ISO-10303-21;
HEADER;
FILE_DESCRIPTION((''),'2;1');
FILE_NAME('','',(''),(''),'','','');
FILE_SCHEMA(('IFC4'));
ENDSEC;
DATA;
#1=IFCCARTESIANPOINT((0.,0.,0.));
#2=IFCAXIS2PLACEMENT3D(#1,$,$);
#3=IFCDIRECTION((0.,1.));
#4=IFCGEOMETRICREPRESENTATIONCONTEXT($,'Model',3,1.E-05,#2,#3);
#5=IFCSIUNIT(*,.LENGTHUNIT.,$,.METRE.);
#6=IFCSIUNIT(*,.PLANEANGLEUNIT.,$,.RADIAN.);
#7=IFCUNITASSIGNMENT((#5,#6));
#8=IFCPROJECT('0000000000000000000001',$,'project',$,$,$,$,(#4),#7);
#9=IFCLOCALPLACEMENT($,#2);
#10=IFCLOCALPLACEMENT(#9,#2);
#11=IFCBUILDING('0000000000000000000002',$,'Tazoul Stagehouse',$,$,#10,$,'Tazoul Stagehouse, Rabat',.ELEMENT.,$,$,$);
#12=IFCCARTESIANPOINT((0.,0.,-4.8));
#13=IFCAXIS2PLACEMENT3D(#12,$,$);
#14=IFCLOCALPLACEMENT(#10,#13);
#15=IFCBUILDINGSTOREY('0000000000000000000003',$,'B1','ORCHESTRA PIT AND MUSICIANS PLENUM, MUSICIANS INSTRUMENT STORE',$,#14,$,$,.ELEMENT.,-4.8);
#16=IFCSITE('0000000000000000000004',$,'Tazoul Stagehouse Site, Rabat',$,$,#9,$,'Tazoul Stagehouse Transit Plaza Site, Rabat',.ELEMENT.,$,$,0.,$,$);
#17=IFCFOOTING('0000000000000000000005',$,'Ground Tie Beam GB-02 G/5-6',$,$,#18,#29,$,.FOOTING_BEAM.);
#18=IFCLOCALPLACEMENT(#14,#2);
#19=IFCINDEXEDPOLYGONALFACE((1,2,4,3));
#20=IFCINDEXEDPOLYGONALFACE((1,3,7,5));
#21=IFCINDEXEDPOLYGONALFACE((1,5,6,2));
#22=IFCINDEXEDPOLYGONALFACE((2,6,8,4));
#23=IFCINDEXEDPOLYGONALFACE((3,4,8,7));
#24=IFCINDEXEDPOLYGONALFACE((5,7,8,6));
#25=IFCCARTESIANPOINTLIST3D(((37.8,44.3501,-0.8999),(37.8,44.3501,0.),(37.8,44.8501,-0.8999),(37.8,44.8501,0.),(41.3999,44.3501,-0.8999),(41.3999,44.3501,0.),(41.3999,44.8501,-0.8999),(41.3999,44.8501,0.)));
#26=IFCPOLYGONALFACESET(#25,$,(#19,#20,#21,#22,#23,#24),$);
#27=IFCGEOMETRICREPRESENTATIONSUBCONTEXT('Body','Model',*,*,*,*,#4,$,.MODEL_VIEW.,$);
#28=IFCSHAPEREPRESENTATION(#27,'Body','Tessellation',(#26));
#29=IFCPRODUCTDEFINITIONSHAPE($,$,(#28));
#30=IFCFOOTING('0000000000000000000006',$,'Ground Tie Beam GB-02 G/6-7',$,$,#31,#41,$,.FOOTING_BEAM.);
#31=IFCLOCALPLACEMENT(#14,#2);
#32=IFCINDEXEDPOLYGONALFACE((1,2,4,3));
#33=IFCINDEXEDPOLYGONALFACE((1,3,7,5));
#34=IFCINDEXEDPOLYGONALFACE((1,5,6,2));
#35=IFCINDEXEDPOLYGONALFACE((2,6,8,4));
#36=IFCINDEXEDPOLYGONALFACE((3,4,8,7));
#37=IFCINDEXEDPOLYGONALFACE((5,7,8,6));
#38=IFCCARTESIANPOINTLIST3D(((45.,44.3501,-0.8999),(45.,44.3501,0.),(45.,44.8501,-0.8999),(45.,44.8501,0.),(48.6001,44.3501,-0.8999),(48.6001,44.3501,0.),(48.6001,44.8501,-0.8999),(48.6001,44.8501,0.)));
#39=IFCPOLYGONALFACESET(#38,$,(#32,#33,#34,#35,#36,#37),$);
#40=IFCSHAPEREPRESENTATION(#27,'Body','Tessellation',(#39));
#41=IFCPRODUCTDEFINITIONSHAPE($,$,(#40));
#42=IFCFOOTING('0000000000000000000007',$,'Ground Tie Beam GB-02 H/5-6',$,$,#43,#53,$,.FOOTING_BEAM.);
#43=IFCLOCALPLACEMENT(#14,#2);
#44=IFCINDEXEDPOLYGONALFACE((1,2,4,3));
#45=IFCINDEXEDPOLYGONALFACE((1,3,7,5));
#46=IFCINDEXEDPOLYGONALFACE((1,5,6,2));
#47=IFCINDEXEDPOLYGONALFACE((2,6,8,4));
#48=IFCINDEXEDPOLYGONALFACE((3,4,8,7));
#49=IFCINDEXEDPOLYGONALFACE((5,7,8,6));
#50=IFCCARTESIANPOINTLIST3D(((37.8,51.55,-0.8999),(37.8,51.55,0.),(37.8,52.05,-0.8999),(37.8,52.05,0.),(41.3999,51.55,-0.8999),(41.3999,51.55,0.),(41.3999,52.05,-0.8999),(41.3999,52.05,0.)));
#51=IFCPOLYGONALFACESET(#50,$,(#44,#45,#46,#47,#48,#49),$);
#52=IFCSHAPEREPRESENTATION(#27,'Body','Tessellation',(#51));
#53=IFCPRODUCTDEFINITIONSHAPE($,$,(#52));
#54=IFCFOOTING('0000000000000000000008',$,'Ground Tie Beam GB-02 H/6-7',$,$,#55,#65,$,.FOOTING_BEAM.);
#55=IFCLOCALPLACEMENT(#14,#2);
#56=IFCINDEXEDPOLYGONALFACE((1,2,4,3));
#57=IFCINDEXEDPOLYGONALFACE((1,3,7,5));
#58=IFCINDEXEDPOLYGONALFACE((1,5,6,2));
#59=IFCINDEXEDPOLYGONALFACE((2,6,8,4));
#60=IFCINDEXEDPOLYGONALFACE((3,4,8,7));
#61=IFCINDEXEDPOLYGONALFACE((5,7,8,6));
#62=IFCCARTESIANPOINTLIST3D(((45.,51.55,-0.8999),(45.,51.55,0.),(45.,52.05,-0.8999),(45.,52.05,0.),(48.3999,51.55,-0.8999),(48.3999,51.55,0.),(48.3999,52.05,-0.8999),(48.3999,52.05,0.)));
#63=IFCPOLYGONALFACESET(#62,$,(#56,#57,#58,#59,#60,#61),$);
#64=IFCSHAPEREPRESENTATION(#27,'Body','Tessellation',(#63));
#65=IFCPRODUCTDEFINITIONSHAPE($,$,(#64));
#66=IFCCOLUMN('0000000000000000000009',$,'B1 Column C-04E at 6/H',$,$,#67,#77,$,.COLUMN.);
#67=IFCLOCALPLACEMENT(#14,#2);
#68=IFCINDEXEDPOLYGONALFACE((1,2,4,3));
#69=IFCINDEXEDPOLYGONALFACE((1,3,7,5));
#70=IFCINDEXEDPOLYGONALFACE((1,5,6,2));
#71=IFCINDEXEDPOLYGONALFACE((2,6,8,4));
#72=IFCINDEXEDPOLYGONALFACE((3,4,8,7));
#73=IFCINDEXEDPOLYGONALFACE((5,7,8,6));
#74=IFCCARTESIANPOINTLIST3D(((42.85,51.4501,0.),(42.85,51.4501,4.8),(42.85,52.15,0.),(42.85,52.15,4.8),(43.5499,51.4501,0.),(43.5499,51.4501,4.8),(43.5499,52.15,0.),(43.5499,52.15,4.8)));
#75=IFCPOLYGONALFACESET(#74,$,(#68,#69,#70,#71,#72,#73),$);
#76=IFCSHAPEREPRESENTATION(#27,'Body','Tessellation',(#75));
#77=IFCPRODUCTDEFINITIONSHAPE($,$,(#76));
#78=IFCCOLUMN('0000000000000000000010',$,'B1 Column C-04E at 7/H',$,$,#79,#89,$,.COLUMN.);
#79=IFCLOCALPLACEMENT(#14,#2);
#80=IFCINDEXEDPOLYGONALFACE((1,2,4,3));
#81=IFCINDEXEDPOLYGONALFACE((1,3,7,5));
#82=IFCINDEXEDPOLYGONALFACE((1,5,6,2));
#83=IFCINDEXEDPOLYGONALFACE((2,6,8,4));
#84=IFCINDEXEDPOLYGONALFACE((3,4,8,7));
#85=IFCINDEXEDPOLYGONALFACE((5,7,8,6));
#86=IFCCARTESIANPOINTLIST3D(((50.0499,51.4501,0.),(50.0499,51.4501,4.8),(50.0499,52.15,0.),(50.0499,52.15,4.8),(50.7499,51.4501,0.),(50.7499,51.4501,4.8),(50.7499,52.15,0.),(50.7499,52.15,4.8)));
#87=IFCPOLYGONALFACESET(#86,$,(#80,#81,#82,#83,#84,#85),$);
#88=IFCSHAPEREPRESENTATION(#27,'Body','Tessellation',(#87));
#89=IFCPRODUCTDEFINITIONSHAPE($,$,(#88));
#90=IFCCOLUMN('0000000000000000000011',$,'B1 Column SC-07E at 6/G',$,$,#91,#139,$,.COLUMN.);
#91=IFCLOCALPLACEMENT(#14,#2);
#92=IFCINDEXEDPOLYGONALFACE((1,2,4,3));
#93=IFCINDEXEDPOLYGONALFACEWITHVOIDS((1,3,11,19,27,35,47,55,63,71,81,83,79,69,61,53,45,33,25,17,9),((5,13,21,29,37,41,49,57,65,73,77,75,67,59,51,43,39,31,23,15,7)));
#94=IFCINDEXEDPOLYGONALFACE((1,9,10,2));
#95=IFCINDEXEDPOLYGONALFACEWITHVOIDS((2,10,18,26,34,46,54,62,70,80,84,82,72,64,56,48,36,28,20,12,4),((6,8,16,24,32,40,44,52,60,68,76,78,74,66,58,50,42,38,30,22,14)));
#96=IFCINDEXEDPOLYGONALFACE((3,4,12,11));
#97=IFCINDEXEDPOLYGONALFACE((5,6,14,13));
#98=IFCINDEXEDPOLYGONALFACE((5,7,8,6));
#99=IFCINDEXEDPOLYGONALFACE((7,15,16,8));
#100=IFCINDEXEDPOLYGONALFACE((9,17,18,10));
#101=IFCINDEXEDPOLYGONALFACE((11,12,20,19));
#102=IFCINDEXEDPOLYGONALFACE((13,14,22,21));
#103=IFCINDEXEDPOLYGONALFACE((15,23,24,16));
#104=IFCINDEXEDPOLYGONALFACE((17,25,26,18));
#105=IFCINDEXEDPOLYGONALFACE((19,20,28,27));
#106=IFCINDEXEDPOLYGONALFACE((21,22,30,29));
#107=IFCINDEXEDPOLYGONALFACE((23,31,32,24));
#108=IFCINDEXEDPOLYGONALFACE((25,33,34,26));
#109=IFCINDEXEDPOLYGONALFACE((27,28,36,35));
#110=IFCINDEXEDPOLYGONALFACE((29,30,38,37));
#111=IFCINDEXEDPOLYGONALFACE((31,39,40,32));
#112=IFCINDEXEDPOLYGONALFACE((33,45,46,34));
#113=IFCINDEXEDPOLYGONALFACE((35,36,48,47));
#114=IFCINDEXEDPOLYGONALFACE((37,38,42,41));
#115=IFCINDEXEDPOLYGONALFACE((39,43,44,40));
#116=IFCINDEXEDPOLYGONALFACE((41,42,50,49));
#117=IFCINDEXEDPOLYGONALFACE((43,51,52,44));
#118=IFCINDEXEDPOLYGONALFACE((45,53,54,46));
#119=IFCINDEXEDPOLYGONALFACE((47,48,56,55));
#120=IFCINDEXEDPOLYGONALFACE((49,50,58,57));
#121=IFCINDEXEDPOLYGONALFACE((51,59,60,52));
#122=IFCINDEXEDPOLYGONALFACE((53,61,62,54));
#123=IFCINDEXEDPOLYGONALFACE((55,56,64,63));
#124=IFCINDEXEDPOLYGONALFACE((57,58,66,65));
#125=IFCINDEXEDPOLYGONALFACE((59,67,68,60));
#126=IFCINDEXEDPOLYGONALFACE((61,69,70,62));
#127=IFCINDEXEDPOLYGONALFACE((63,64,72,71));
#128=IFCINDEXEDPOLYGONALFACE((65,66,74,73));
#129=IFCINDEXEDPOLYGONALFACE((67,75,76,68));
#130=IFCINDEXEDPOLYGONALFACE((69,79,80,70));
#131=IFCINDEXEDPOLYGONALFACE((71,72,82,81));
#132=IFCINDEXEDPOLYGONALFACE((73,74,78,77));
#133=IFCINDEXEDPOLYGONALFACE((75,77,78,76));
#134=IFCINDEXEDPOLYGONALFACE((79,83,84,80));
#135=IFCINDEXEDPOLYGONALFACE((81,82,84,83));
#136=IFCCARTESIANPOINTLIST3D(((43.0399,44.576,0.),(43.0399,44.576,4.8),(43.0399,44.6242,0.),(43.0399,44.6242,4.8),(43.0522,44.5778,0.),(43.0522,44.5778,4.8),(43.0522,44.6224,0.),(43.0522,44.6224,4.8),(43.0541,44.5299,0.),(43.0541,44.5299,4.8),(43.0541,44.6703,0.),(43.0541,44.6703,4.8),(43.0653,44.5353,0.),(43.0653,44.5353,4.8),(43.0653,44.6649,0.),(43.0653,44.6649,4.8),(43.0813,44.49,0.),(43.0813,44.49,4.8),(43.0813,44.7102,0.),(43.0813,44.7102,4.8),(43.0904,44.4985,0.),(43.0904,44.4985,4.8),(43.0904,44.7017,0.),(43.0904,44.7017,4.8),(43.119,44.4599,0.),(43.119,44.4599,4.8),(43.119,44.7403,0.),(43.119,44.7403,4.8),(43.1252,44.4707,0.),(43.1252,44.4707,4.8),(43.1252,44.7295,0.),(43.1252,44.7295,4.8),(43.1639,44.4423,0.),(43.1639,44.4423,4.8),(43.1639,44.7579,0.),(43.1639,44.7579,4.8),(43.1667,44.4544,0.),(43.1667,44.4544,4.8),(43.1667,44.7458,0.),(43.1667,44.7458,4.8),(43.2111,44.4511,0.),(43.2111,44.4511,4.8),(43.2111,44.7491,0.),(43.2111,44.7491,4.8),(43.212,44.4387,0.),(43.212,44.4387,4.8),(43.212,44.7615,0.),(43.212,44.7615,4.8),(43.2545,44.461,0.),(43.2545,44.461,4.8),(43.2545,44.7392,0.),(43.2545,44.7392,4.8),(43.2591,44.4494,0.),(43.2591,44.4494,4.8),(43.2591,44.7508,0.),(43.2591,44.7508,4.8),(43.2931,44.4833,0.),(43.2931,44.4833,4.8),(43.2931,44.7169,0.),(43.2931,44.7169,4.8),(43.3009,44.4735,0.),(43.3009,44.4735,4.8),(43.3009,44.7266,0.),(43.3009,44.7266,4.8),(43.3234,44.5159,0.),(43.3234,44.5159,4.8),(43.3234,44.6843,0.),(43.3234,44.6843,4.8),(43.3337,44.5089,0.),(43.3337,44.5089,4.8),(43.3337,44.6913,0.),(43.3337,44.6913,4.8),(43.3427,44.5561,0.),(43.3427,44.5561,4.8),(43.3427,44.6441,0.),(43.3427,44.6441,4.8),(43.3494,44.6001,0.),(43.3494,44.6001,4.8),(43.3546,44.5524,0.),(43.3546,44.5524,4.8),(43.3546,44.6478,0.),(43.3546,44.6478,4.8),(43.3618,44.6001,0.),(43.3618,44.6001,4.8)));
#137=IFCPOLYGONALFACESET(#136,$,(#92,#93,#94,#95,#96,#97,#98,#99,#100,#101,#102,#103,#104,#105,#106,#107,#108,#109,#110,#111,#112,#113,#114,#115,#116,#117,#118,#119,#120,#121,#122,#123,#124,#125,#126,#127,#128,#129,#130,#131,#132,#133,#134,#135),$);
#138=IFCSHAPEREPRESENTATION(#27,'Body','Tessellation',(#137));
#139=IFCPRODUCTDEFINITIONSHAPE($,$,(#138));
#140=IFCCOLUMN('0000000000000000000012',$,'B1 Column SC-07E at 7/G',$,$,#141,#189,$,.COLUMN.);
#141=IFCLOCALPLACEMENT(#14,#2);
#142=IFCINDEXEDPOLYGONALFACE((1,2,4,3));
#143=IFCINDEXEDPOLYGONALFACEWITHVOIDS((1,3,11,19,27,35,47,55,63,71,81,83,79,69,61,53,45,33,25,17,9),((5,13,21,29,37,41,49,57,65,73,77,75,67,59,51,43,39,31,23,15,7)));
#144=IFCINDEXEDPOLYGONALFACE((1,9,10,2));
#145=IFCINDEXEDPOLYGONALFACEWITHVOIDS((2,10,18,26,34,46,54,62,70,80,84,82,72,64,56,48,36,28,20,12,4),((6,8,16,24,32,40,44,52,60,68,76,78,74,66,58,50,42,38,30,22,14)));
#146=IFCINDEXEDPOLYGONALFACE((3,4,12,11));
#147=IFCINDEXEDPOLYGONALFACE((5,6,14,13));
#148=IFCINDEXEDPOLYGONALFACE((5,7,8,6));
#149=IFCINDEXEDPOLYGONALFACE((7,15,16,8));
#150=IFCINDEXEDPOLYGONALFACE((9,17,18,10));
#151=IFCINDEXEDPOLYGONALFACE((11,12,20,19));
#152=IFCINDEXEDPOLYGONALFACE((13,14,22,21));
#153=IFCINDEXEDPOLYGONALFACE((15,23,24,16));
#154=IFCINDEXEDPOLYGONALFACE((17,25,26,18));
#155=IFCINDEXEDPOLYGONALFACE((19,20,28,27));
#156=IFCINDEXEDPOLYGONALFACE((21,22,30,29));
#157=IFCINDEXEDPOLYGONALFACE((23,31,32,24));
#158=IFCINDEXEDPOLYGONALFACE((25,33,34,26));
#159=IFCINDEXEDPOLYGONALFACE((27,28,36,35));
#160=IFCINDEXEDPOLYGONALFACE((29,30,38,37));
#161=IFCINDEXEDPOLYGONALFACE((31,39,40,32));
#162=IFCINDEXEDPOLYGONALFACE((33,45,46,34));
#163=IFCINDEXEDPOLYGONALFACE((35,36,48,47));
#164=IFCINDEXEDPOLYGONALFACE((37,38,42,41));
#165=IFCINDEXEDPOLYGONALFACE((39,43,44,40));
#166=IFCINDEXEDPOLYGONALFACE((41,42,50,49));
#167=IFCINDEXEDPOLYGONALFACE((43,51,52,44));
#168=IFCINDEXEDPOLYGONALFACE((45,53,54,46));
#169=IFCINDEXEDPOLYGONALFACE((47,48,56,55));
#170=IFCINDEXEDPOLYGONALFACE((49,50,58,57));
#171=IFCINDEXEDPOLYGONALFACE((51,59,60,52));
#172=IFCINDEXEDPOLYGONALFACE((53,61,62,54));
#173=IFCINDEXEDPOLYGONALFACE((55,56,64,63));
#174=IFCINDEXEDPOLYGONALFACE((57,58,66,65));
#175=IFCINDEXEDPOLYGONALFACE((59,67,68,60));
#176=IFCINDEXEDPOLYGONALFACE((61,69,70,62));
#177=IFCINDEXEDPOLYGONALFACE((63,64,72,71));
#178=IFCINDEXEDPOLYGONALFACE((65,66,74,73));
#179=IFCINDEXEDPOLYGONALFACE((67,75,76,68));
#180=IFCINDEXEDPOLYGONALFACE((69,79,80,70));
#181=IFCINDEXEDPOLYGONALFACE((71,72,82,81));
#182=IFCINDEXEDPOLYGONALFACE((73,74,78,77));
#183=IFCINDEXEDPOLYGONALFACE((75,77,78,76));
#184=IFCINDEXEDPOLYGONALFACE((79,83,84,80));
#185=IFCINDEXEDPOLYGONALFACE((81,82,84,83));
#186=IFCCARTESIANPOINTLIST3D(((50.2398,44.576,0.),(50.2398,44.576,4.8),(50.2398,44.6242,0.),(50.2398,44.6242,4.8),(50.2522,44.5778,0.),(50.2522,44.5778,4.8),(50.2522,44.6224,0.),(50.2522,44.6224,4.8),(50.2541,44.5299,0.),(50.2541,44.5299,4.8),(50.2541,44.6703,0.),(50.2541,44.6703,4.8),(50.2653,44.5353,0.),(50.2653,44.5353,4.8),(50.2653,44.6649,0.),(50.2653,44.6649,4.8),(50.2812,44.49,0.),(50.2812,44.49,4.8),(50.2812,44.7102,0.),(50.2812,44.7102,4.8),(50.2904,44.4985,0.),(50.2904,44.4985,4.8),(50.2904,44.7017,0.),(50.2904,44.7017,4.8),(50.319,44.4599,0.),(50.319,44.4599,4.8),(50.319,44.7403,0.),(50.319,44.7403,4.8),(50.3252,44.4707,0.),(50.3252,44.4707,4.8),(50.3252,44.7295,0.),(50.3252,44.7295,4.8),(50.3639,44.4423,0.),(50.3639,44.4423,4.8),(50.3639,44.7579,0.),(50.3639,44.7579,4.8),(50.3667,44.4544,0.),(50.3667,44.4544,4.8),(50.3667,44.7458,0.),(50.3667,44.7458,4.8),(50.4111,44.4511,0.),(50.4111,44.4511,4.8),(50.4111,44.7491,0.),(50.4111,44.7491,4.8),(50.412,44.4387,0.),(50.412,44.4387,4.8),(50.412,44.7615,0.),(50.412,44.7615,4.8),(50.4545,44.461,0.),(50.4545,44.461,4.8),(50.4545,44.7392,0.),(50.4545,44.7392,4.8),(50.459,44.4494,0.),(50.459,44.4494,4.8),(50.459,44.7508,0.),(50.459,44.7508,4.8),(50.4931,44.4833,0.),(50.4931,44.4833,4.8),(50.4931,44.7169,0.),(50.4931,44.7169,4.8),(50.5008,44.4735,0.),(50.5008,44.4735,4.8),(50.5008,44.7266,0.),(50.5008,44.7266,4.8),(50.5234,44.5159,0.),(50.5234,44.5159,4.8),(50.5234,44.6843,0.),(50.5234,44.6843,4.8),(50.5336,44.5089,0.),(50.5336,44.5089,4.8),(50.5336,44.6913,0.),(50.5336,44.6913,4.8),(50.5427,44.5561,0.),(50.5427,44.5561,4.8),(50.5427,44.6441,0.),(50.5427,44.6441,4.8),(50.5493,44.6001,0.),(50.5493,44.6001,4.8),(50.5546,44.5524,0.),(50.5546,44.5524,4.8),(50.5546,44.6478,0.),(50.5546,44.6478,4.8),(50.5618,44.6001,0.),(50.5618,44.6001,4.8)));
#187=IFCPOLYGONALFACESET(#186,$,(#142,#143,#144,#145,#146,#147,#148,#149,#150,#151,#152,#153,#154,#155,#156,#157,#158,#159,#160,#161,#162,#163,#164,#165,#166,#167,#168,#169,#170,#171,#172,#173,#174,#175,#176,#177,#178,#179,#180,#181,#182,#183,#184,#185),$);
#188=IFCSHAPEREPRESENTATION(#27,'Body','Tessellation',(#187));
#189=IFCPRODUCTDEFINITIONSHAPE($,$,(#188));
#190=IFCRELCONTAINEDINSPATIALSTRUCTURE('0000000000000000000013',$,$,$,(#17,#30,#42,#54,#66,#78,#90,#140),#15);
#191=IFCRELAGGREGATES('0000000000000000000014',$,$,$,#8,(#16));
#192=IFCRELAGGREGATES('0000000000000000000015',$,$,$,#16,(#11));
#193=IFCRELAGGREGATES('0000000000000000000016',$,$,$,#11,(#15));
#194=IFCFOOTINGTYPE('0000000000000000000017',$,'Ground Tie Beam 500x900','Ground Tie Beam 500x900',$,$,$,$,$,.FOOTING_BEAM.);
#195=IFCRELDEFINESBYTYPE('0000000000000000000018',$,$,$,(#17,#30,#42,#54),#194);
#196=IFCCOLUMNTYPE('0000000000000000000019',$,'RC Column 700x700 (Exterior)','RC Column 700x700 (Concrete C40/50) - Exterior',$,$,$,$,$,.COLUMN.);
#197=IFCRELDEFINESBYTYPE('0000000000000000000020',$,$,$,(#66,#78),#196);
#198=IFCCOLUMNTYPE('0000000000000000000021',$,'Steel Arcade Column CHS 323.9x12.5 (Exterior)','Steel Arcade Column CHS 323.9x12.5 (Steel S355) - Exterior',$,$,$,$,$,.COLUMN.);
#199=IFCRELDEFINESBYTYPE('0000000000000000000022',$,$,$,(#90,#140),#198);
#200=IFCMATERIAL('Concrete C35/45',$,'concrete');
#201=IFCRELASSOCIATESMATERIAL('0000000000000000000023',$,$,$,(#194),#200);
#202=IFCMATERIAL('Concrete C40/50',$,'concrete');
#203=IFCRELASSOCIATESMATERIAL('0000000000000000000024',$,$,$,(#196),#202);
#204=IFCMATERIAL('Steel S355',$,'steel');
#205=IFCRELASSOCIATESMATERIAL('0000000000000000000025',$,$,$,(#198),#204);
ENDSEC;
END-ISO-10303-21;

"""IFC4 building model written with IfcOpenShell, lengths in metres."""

from ifc_helpers import new_model, si_unit, direction, frame, origin, origin_2d, place, context, subcontext, project, spatial, rectangle, hollow_circle, extrude, material, material_profile, profile_set, type_object, element, save


model = new_model("IFC4")

# Units and contexts
model_context = context("Model", 3, precision=1e-05, world=origin(), true_north=direction((0.0, 1.0)))
body_context = subcontext(model_context, "Body", "Model", "MODEL_VIEW")
ifc_project = project(units=[si_unit("LENGTHUNIT", "METRE"), si_unit("PLANEANGLEUNIT", "RADIAN")], contexts=[model_context])

# Site, building, storey
site_placement = place(None, origin())
site = spatial("IfcSite", under=ifc_project, at=site_placement, Name="Tazoul Stagehouse Site, Rabat", LongName="Tazoul Stagehouse Transit Plaza Site, Rabat", CompositionType="ELEMENT", RefElevation=0.0)
building_placement = place(site_placement, origin())
building = spatial("IfcBuilding", under=site, at=building_placement, Name="Tazoul Stagehouse", LongName="Tazoul Stagehouse, Rabat", CompositionType="ELEMENT")
storey_placement = place(building_placement, frame((0.0, 0.0, -4.8)))
storey = spatial("IfcBuildingStorey", under=building, at=storey_placement, Name="B1", Description="ORCHESTRA PIT AND MUSICIANS PLENUM, MUSICIANS INSTRUMENT STORE", CompositionType="ELEMENT", Elevation=-4.8)

# Shared definitions
ifc_material_1 = material(Name="Concrete C35/45", Category="concrete")

# Footings
ifc_material_profile_1 = material_profile(ifc_material_1, rectangle(XDim=0.5, YDim=0.8999, at=origin_2d()), Name="RC 500x900")
ifc_profile_set_1 = profile_set([ifc_material_profile_1], Name="Concrete C35/45")
footing_type_1 = type_object("IfcFootingType", Name="Ground Tie Beam 500x900", Description="Ground Tie Beam 500x900", PredefinedType="FOOTING_BEAM", material=ifc_profile_set_1)
footing_1_placement = place(storey_placement, frame((37.8, 44.6001, -0.45), z_axis=(1.0, 0.0, 0.0), x_axis=(0.0, 1.0, 0.0)))
element("IfcFooting", 1, at=footing_1_placement, inside=storey, type_object=footing_type_1, Name="Ground Tie Beam GB-02 G/5-6", PredefinedType="FOOTING_BEAM", context=body_context, shape_type="SweptSolid", body=[
    extrude(rectangle(XDim=0.5, YDim=0.8999, at=origin_2d()), origin(), (0.0, 0.0, 1.0), 3.5999),
])
footing_2_placement = place(storey_placement, frame((45.0, 44.6001, -0.45), z_axis=(1.0, 0.0, 0.0), x_axis=(0.0, 1.0, 0.0)))
element("IfcFooting", 2, at=footing_2_placement, inside=storey, type_object=footing_type_1, Name="Ground Tie Beam GB-02 G/6-7", PredefinedType="FOOTING_BEAM", context=body_context, shape_type="SweptSolid", body=[
    extrude(rectangle(XDim=0.5, YDim=0.8999, at=origin_2d()), origin(), (0.0, 0.0, 1.0), 3.6001),
])
footing_3_placement = place(storey_placement, frame((37.8, 51.8, -0.45), z_axis=(1.0, 0.0, 0.0), x_axis=(0.0, 1.0, 0.0)))
element("IfcFooting", 3, at=footing_3_placement, inside=storey, type_object=footing_type_1, Name="Ground Tie Beam GB-02 H/5-6", PredefinedType="FOOTING_BEAM", context=body_context, shape_type="SweptSolid", body=[
    extrude(rectangle(XDim=0.5, YDim=0.8999, at=origin_2d()), origin(), (0.0, 0.0, 1.0), 3.5999),
])
footing_4_placement = place(storey_placement, frame((45.0, 51.8, -0.45), z_axis=(1.0, 0.0, 0.0), x_axis=(0.0, 1.0, 0.0)))
element("IfcFooting", 4, at=footing_4_placement, inside=storey, type_object=footing_type_1, Name="Ground Tie Beam GB-02 H/6-7", PredefinedType="FOOTING_BEAM", context=body_context, shape_type="SweptSolid", body=[
    extrude(rectangle(XDim=0.5, YDim=0.8999, at=origin_2d()), origin(), (0.0, 0.0, 1.0), 3.3999),
])

# Columns
ifc_material_2 = material(Name="Concrete C40/50", Category="concrete")
ifc_material_profile_2 = material_profile(ifc_material_2, rectangle(XDim=0.7, YDim=0.7, at=origin_2d()), Name="RC 700x700")
ifc_profile_set_2 = profile_set([ifc_material_profile_2], Name="Concrete C40/50")
column_type_1 = type_object("IfcColumnType", Name="RC Column 700x700 (Exterior)", Description="RC Column 700x700 (Concrete C40/50) - Exterior", PredefinedType="COLUMN", material=ifc_profile_set_2)
for number, where, z_axis, x_axis, name in (
    (5, (43.2, 51.8, 0.0), (0.0, 0.0, 1.0), (1.0, 0.0, 0.0), "B1 Column C-04E at 6/H"),
    (6, (50.3999, 51.8, 0.0), (0.0, 0.0, 1.0), (1.0, 0.0, 0.0), "B1 Column C-04E at 7/H"),
):
    element("IfcColumn", number, at=place(storey_placement, frame(where, z_axis=z_axis, x_axis=x_axis)), inside=storey, type_object=column_type_1, Name=name, PredefinedType="COLUMN", context=body_context, shape_type="SweptSolid", body=[
        extrude(rectangle(XDim=0.7, YDim=0.7, at=origin_2d()), origin(), (0.0, 0.0, 1.0), 4.8),
    ])
ifc_material_3 = material(Name="Steel S355", Category="steel")
ifc_material_profile_3 = material_profile(ifc_material_3, hollow_circle(Radius=0.1619, WallThickness=0.0125, at=origin_2d()), Name="CHS 323.9x12.5")
ifc_profile_set_3 = profile_set([ifc_material_profile_3], Name="Steel S355")
column_type_2 = type_object("IfcColumnType", Name="Steel Arcade Column CHS 323.9x12.5 (Exterior)", Description="Steel Arcade Column CHS 323.9x12.5 (Steel S355) - Exterior", PredefinedType="COLUMN", material=ifc_profile_set_3)
for number, where, z_axis, x_axis, name in (
    (7, (43.2, 44.6001, 0.0), (0.0, 0.0, 1.0), (1.0, 0.0, 0.0), "B1 Column SC-07E at 6/G"),
    (8, (50.3999, 44.6001, 0.0), (0.0, 0.0, 1.0), (1.0, 0.0, 0.0), "B1 Column SC-07E at 7/G"),
):
    element("IfcColumn", number, at=place(storey_placement, frame(where, z_axis=z_axis, x_axis=x_axis)), inside=storey, type_object=column_type_2, Name=name, PredefinedType="COLUMN", context=body_context, shape_type="SweptSolid", body=[
        extrude(hollow_circle(Radius=0.1619, WallThickness=0.0125, at=origin_2d()), origin(), (0.0, 0.0, 1.0), 4.8),
    ])

save(model, "model.ifc")
